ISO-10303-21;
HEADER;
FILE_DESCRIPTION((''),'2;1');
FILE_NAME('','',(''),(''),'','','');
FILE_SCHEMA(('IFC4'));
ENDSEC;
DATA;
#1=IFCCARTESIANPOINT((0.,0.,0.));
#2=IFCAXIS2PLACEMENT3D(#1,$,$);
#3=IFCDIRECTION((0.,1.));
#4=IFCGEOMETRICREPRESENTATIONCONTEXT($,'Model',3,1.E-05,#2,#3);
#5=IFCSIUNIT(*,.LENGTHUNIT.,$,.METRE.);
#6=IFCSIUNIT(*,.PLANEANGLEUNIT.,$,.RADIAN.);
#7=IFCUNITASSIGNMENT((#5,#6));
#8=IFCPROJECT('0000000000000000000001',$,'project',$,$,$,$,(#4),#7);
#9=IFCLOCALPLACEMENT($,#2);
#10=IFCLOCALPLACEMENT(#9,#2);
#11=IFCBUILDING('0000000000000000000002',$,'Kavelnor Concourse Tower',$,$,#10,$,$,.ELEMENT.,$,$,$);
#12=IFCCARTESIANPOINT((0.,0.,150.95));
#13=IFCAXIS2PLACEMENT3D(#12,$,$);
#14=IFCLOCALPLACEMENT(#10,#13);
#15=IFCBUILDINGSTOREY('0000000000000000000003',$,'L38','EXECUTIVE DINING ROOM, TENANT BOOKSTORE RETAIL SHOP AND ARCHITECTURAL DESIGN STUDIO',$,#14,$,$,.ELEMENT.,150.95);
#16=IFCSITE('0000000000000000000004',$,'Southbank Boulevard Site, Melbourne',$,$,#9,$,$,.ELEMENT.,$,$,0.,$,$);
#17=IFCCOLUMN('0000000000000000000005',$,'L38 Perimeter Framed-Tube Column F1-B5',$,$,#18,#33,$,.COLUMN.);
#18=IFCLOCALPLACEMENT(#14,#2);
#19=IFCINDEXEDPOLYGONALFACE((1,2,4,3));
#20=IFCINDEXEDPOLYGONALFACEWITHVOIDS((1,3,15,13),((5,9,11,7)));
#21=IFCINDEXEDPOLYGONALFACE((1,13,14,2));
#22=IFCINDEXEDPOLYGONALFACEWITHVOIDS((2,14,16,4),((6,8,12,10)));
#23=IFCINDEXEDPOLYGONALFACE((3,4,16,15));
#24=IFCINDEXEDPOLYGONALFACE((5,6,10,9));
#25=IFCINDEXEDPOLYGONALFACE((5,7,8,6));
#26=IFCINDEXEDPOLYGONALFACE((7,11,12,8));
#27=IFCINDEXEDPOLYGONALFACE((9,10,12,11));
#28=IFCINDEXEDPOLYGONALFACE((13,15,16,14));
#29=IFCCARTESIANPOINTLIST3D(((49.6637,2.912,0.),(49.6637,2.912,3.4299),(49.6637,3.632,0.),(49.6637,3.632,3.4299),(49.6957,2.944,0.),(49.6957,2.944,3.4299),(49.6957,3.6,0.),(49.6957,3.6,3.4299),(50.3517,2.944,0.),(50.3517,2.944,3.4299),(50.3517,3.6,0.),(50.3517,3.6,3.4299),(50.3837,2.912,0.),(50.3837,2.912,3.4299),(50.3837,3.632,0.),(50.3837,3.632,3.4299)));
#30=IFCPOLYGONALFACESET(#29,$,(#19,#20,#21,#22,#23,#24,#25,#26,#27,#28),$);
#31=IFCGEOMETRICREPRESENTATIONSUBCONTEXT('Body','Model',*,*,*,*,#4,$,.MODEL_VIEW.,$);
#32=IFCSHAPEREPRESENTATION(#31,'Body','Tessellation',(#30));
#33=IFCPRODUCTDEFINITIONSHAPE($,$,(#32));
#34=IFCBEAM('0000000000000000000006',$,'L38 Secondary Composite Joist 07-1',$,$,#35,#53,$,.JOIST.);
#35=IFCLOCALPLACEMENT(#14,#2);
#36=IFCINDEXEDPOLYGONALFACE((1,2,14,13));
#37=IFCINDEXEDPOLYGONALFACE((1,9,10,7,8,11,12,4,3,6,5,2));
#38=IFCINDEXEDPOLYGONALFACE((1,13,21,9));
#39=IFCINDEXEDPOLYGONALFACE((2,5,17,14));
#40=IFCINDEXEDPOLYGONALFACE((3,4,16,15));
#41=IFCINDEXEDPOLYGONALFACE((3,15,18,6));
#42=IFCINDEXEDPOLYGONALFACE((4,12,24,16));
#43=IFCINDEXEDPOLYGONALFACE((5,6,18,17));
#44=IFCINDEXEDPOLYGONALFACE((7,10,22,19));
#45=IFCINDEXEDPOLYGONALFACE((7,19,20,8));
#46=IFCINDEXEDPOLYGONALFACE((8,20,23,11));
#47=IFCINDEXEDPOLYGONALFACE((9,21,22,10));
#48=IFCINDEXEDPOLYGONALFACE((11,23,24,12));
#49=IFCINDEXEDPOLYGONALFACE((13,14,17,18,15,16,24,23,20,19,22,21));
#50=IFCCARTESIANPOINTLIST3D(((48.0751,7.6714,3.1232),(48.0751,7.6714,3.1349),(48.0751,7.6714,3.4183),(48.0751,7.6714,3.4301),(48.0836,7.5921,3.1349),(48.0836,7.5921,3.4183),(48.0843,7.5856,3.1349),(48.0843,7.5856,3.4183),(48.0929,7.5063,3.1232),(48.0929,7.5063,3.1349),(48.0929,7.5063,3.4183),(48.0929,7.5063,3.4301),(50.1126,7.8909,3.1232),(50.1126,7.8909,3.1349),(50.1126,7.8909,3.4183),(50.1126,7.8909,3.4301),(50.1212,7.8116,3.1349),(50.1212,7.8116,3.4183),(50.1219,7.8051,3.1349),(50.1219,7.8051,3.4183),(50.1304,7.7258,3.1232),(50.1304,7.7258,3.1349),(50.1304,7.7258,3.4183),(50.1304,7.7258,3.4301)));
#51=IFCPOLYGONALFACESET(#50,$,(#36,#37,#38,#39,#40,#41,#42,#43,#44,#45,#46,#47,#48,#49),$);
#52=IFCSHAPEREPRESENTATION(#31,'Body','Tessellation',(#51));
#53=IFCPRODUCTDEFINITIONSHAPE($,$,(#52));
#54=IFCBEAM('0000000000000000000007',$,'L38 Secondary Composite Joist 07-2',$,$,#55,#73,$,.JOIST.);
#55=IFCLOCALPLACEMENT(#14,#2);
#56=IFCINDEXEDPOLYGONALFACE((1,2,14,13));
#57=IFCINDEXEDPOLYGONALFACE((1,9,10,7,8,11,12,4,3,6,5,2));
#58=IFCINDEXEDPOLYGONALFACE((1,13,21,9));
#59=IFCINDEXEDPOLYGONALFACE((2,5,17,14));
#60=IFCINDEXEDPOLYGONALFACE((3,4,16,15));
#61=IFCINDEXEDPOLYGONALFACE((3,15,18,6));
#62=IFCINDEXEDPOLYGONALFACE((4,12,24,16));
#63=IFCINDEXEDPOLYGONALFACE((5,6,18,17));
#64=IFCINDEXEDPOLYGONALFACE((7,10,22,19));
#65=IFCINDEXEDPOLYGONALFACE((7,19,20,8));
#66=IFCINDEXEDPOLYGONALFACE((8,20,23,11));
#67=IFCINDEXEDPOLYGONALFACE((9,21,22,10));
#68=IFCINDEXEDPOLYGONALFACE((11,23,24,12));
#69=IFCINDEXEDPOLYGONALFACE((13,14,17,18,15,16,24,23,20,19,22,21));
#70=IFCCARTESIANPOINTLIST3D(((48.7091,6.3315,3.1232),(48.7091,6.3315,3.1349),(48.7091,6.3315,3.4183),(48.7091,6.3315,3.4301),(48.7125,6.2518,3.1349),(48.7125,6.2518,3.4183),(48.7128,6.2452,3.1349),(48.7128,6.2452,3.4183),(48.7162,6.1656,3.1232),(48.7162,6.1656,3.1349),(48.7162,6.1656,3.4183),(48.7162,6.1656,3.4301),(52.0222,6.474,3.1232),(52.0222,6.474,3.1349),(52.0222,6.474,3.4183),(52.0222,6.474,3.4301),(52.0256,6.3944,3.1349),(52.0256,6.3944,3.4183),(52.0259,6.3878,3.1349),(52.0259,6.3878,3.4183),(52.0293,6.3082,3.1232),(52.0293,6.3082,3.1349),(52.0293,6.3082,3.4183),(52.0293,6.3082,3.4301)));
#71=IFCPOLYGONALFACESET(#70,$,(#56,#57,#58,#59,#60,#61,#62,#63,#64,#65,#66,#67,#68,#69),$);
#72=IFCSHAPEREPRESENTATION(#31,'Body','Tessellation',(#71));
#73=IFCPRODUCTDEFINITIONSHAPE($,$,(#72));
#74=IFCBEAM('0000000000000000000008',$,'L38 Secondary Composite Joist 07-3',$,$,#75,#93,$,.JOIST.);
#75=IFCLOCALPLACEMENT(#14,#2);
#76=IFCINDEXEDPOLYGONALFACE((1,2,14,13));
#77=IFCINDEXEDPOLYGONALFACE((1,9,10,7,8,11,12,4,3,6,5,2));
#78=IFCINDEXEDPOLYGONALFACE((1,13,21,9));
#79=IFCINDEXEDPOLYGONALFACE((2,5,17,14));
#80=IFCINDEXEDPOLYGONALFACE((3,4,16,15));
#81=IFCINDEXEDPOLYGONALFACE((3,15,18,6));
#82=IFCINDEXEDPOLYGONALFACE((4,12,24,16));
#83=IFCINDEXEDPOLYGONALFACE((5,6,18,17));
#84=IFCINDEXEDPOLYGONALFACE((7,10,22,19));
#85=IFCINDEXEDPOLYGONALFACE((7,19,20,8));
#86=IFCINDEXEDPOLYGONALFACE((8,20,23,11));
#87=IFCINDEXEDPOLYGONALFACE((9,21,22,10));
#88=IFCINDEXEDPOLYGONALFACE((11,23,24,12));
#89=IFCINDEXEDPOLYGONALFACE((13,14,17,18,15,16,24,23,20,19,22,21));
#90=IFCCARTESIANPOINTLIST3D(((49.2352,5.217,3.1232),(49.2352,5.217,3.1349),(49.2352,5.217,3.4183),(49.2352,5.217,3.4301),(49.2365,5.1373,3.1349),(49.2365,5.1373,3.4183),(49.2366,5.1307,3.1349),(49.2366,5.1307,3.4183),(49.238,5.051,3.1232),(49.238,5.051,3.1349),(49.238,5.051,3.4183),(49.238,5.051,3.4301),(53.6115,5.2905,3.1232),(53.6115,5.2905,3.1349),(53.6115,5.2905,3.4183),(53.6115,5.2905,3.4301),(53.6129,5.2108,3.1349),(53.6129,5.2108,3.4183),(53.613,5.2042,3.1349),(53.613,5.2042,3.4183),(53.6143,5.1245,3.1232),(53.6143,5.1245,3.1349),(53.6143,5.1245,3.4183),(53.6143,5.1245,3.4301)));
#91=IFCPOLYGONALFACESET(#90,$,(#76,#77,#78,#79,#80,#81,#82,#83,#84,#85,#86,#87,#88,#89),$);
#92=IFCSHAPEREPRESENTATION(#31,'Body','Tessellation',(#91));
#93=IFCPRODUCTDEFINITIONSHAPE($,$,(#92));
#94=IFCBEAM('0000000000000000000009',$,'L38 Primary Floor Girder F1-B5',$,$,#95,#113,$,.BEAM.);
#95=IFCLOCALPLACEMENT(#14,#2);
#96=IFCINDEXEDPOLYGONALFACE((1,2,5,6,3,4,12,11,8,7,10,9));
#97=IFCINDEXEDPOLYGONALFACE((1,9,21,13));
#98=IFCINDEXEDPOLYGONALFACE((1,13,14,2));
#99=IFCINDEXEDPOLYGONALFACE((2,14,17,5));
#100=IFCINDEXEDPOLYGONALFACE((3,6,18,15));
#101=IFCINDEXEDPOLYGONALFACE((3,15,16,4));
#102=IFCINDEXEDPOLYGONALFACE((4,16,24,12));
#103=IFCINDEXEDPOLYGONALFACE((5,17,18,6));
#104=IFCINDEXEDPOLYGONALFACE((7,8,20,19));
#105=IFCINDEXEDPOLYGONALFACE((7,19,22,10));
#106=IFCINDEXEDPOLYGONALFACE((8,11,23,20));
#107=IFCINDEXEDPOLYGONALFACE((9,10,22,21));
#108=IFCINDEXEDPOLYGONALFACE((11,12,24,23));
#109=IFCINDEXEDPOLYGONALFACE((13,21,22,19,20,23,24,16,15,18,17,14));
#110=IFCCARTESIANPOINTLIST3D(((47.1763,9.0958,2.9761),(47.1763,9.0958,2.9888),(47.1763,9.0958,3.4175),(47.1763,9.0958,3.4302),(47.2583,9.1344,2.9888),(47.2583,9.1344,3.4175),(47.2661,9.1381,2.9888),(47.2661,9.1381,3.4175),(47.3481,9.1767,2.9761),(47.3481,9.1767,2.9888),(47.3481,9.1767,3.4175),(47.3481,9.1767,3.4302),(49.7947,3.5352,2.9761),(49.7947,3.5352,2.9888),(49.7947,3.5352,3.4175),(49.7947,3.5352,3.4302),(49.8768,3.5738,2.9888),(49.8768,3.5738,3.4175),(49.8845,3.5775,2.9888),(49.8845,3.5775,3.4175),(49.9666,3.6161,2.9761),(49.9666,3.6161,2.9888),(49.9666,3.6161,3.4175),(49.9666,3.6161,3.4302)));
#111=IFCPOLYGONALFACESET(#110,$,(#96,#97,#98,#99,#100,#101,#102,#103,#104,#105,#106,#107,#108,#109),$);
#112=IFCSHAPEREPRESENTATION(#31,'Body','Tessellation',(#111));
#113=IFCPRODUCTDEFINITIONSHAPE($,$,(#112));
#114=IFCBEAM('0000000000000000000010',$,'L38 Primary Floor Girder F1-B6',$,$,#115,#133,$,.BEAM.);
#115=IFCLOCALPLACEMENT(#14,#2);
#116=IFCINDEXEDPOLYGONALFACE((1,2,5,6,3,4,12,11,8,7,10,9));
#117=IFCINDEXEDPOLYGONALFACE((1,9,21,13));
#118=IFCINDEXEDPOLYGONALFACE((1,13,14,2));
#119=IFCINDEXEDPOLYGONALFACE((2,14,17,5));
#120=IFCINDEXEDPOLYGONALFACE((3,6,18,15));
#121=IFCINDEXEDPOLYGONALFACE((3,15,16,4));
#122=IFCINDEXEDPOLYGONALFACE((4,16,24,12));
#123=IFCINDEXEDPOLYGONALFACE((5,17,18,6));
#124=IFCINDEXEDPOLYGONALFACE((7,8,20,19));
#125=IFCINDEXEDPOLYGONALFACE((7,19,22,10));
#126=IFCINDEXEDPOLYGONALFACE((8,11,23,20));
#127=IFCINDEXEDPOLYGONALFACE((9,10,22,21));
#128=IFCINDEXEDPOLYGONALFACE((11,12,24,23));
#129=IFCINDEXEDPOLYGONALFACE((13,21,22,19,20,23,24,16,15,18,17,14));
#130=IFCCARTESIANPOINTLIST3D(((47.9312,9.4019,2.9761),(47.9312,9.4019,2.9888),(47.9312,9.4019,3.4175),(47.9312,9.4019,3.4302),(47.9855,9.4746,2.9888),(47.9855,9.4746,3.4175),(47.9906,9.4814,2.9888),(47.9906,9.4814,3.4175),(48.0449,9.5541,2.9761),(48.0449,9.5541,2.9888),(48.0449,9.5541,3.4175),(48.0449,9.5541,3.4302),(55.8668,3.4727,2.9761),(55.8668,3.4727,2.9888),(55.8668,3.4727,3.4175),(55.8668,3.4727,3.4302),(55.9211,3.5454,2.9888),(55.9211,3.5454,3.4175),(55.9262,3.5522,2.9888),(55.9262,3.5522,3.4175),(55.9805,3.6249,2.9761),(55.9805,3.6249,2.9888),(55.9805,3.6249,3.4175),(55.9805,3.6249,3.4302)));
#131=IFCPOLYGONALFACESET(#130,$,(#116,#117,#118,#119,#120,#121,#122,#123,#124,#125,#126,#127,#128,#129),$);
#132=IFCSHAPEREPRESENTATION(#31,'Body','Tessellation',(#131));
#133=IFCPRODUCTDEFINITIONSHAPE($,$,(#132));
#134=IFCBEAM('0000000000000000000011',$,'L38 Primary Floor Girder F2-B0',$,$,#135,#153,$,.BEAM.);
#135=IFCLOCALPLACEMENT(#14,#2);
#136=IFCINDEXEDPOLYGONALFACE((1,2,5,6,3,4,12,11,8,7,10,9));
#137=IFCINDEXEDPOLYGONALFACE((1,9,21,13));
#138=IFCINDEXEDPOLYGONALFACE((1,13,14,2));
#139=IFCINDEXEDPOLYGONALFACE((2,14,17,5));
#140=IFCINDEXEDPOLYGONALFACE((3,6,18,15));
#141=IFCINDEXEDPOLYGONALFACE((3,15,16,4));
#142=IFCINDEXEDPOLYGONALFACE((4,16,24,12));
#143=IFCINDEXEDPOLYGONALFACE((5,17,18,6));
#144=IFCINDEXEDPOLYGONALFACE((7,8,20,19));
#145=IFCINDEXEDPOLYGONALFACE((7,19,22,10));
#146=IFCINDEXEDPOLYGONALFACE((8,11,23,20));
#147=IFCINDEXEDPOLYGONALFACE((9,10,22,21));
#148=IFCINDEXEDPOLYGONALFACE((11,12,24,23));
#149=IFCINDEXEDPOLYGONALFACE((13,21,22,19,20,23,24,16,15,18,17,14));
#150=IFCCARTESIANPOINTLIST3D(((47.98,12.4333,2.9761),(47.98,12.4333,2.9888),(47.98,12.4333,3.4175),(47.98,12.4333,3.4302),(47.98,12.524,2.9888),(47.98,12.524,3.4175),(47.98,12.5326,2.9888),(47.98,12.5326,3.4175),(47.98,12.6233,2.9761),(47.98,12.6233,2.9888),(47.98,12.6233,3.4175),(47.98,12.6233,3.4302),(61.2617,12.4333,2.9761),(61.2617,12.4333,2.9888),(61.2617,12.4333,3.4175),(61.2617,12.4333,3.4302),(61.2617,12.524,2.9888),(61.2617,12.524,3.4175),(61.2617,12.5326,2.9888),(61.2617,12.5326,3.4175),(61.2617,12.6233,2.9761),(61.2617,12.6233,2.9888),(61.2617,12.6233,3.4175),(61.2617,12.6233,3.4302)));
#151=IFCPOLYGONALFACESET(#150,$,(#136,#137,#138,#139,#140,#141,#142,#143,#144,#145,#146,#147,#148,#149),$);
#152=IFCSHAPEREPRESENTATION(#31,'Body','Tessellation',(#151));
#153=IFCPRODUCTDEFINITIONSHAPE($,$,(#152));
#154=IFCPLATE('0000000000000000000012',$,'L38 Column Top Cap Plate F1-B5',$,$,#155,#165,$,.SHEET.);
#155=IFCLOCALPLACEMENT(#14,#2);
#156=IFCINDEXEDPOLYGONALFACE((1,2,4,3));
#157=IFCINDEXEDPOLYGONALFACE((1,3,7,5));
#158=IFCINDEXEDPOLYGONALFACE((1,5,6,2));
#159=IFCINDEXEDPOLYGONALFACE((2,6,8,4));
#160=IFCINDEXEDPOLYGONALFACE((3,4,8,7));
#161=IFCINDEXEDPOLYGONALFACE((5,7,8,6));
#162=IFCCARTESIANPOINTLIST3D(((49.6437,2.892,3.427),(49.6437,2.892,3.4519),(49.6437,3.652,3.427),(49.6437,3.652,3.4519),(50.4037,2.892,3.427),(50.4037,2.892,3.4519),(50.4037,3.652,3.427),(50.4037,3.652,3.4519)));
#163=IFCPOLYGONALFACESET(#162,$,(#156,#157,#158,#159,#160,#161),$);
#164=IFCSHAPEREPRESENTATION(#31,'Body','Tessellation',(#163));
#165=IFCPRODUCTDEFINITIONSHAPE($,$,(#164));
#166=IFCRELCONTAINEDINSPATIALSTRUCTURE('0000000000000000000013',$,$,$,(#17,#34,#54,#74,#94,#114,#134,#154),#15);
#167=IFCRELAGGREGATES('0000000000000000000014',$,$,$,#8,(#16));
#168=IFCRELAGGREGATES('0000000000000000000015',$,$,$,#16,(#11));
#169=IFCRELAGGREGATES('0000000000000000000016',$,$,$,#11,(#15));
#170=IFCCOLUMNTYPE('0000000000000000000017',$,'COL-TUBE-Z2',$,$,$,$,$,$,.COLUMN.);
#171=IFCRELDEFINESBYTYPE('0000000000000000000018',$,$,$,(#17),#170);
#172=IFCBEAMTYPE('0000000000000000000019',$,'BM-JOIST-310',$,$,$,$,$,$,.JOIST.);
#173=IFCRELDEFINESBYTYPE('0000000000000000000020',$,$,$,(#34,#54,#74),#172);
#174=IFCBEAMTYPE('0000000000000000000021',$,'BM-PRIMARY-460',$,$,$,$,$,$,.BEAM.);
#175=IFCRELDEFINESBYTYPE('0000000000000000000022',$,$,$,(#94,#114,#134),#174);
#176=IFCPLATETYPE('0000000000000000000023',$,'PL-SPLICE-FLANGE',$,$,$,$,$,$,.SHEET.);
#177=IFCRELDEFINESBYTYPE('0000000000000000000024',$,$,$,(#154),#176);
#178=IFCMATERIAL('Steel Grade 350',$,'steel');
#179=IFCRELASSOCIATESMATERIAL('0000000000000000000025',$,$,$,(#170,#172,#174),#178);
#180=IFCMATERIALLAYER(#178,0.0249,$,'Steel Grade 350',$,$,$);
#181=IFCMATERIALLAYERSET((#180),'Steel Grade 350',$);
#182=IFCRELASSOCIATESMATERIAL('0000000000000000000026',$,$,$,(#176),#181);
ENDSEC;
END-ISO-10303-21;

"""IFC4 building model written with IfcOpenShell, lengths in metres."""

from ifc_helpers import new_model, si_unit, direction, frame, origin, origin_2d, place, context, subcontext, project, spatial, rectangle, hollow_rectangle, i_section, extrude, material, layer, layer_set, material_profile, profile_set, type_object, element, save


model = new_model("IFC4")

# Units and contexts
model_context = context("Model", 3, precision=1e-05, world=origin(), true_north=direction((0.0, 1.0)))
body_context = subcontext(model_context, "Body", "Model", "MODEL_VIEW")
ifc_project = project(units=[si_unit("LENGTHUNIT", "METRE"), si_unit("PLANEANGLEUNIT", "RADIAN")], contexts=[model_context])

# Site, building, storey
site_placement = place(None, origin())
site = spatial("IfcSite", under=ifc_project, at=site_placement, Name="Southbank Boulevard Site, Melbourne", CompositionType="ELEMENT", RefElevation=0.0)
building_placement = place(site_placement, origin())
building = spatial("IfcBuilding", under=site, at=building_placement, Name="Kavelnor Concourse Tower", CompositionType="ELEMENT")
storey_placement = place(building_placement, frame((0.0, 0.0, 150.95)))
storey = spatial("IfcBuildingStorey", under=building, at=storey_placement, Name="L38", Description="EXECUTIVE DINING ROOM, TENANT BOOKSTORE RETAIL SHOP AND ARCHITECTURAL DESIGN STUDIO", CompositionType="ELEMENT", Elevation=150.95)

# Column
ifc_material_1 = material(Name="Steel Grade 350", Category="steel")
ifc_material_profile_1 = material_profile(ifc_material_1, hollow_rectangle(XDim=0.72, YDim=0.72, WallThickness=0.032, at=origin_2d()), Name="SHS 720x720x32")
ifc_profile_set_1 = profile_set([ifc_material_profile_1], Name="Steel Grade 350")
column_type = type_object("IfcColumnType", Name="COL-TUBE-Z2", PredefinedType="COLUMN", material=ifc_profile_set_1)
column_placement = place(storey_placement, frame((50.0237, 3.272, 0.0), z_axis=(0.0, 0.0, 1.0), x_axis=(1.0, 0.0, 0.0)))
element("IfcColumn", 1, at=column_placement, inside=storey, type_object=column_type, Name="L38 Perimeter Framed-Tube Column F1-B5", PredefinedType="COLUMN", context=body_context, shape_type="SweptSolid", body=[
    extrude(hollow_rectangle(XDim=0.72, YDim=0.72, WallThickness=0.032, at=origin_2d()), origin(), (0.0, 0.0, 1.0), 3.4299),
])

# Beams
ifc_material_profile_2 = material_profile(ifc_material_1, i_section(OverallWidth=0.166, OverallDepth=0.3069, WebThickness=0.0066, FlangeThickness=0.0117, at=origin_2d()), Name="310UB46")
ifc_profile_set_2 = profile_set([ifc_material_profile_2], Name="Steel Grade 350")
beam_type_1 = type_object("IfcBeamType", Name="BM-JOIST-310", PredefinedType="JOIST", material=ifc_profile_set_2)
beam_1_placement = place(storey_placement, frame((48.084, 7.5889, 3.2766), z_axis=(0.994249, 0.107097, 0.0), x_axis=(-0.107097, 0.994249, 0.0)))
element("IfcBeam", 2, at=beam_1_placement, inside=storey, type_object=beam_type_1, Name="L38 Secondary Composite Joist 07-1", PredefinedType="JOIST", context=body_context, shape_type="SweptSolid", body=[
    extrude(i_section(OverallWidth=0.166, OverallDepth=0.3069, WebThickness=0.0066, FlangeThickness=0.0117, at=origin_2d()), origin(), (0.0, 0.0, 1.0), 2.0493),
])
beam_2_placement = place(storey_placement, frame((48.7126, 6.2485, 3.2766), z_axis=(0.999075, 0.042996, 0.0), x_axis=(-0.042996, 0.999075, 0.0)))
element("IfcBeam", 3, at=beam_2_placement, inside=storey, type_object=beam_type_1, Name="L38 Secondary Composite Joist 07-2", PredefinedType="JOIST", context=body_context, shape_type="SweptSolid", body=[
    extrude(i_section(OverallWidth=0.166, OverallDepth=0.3069, WebThickness=0.0066, FlangeThickness=0.0117, at=origin_2d()), origin(), (0.0, 0.0, 1.0), 3.3162),
])
beam_3_placement = place(storey_placement, frame((49.2366, 5.134, 3.2766), z_axis=(0.999859, 0.01679, 0.0), x_axis=(-0.01679, 0.999859, 0.0)))
element("IfcBeam", 4, at=beam_3_placement, inside=storey, type_object=beam_type_1, Name="L38 Secondary Composite Joist 07-3", PredefinedType="JOIST", context=body_context, shape_type="SweptSolid", body=[
    extrude(i_section(OverallWidth=0.166, OverallDepth=0.3069, WebThickness=0.0066, FlangeThickness=0.0117, at=origin_2d()), origin(), (0.0, 0.0, 1.0), 4.377),
])
ifc_material_profile_3 = material_profile(ifc_material_1, i_section(OverallWidth=0.1899, OverallDepth=0.4541, WebThickness=0.0085, FlangeThickness=0.0127, at=origin_2d()), Name="460UB67")
ifc_profile_set_3 = profile_set([ifc_material_profile_3], Name="Steel Grade 350")
beam_type_2 = type_object("IfcBeamType", Name="BM-PRIMARY-460", PredefinedType="BEAM", material=ifc_profile_set_3)
beam_4_placement = place(storey_placement, frame((47.2622, 9.1362, 3.2031), z_axis=(0.426021, -0.904713, 0.0), x_axis=(0.904713, 0.426021, 0.0)))
element("IfcBeam", 5, at=beam_4_placement, inside=storey, type_object=beam_type_2, Name="L38 Primary Floor Girder F1-B5", PredefinedType="BEAM", context=body_context, shape_type="SweptSolid", body=[
    extrude(i_section(OverallWidth=0.1899, OverallDepth=0.4541, WebThickness=0.0085, FlangeThickness=0.0127, at=origin_2d()), origin(), (0.0, 0.0, 1.0), 6.1462),
])
beam_5_placement = place(storey_placement, frame((47.988, 9.478, 3.2031), z_axis=(0.801087, -0.598548, 0.0), x_axis=(0.598548, 0.801087, 0.0)))
element("IfcBeam", 6, at=beam_5_placement, inside=storey, type_object=beam_type_2, Name="L38 Primary Floor Girder F1-B6", PredefinedType="BEAM", context=body_context, shape_type="SweptSolid", body=[
    extrude(i_section(OverallWidth=0.1899, OverallDepth=0.4541, WebThickness=0.0085, FlangeThickness=0.0127, at=origin_2d()), origin(), (0.0, 0.0, 1.0), 9.906),
])
beam_6_placement = place(storey_placement, frame((47.98, 12.5283, 3.2031), z_axis=(1.0, 0.0, 0.0), x_axis=(0.0, 1.0, 0.0)))
element("IfcBeam", 7, at=beam_6_placement, inside=storey, type_object=beam_type_2, Name="L38 Primary Floor Girder F2-B0", PredefinedType="BEAM", context=body_context, shape_type="SweptSolid", body=[
    extrude(i_section(OverallWidth=0.1899, OverallDepth=0.4541, WebThickness=0.0085, FlangeThickness=0.0127, at=origin_2d()), origin(), (0.0, 0.0, 1.0), 13.2817),
])

# Plate
ifc_layer_1 = layer(ifc_material_1, 0.0249, Name="Steel Grade 350")
ifc_layer_set_1 = layer_set([ifc_layer_1], Name="Steel Grade 350")
plate_type = type_object("IfcPlateType", Name="PL-SPLICE-FLANGE", PredefinedType="SHEET", material=ifc_layer_set_1)
plate_placement = place(storey_placement, frame((50.0237, 3.272, 3.427), z_axis=(0.0, 0.0, 1.0), x_axis=(1.0, 0.0, 0.0)))
element("IfcPlate", 8, at=plate_placement, inside=storey, type_object=plate_type, Name="L38 Column Top Cap Plate F1-B5", PredefinedType="SHEET", context=body_context, shape_type="SweptSolid", body=[
    extrude(rectangle(XDim=0.76, YDim=0.76, at=origin_2d()), origin(), (0.0, 0.0, 1.0), 0.0249),
])

save(model, "model.ifc")
